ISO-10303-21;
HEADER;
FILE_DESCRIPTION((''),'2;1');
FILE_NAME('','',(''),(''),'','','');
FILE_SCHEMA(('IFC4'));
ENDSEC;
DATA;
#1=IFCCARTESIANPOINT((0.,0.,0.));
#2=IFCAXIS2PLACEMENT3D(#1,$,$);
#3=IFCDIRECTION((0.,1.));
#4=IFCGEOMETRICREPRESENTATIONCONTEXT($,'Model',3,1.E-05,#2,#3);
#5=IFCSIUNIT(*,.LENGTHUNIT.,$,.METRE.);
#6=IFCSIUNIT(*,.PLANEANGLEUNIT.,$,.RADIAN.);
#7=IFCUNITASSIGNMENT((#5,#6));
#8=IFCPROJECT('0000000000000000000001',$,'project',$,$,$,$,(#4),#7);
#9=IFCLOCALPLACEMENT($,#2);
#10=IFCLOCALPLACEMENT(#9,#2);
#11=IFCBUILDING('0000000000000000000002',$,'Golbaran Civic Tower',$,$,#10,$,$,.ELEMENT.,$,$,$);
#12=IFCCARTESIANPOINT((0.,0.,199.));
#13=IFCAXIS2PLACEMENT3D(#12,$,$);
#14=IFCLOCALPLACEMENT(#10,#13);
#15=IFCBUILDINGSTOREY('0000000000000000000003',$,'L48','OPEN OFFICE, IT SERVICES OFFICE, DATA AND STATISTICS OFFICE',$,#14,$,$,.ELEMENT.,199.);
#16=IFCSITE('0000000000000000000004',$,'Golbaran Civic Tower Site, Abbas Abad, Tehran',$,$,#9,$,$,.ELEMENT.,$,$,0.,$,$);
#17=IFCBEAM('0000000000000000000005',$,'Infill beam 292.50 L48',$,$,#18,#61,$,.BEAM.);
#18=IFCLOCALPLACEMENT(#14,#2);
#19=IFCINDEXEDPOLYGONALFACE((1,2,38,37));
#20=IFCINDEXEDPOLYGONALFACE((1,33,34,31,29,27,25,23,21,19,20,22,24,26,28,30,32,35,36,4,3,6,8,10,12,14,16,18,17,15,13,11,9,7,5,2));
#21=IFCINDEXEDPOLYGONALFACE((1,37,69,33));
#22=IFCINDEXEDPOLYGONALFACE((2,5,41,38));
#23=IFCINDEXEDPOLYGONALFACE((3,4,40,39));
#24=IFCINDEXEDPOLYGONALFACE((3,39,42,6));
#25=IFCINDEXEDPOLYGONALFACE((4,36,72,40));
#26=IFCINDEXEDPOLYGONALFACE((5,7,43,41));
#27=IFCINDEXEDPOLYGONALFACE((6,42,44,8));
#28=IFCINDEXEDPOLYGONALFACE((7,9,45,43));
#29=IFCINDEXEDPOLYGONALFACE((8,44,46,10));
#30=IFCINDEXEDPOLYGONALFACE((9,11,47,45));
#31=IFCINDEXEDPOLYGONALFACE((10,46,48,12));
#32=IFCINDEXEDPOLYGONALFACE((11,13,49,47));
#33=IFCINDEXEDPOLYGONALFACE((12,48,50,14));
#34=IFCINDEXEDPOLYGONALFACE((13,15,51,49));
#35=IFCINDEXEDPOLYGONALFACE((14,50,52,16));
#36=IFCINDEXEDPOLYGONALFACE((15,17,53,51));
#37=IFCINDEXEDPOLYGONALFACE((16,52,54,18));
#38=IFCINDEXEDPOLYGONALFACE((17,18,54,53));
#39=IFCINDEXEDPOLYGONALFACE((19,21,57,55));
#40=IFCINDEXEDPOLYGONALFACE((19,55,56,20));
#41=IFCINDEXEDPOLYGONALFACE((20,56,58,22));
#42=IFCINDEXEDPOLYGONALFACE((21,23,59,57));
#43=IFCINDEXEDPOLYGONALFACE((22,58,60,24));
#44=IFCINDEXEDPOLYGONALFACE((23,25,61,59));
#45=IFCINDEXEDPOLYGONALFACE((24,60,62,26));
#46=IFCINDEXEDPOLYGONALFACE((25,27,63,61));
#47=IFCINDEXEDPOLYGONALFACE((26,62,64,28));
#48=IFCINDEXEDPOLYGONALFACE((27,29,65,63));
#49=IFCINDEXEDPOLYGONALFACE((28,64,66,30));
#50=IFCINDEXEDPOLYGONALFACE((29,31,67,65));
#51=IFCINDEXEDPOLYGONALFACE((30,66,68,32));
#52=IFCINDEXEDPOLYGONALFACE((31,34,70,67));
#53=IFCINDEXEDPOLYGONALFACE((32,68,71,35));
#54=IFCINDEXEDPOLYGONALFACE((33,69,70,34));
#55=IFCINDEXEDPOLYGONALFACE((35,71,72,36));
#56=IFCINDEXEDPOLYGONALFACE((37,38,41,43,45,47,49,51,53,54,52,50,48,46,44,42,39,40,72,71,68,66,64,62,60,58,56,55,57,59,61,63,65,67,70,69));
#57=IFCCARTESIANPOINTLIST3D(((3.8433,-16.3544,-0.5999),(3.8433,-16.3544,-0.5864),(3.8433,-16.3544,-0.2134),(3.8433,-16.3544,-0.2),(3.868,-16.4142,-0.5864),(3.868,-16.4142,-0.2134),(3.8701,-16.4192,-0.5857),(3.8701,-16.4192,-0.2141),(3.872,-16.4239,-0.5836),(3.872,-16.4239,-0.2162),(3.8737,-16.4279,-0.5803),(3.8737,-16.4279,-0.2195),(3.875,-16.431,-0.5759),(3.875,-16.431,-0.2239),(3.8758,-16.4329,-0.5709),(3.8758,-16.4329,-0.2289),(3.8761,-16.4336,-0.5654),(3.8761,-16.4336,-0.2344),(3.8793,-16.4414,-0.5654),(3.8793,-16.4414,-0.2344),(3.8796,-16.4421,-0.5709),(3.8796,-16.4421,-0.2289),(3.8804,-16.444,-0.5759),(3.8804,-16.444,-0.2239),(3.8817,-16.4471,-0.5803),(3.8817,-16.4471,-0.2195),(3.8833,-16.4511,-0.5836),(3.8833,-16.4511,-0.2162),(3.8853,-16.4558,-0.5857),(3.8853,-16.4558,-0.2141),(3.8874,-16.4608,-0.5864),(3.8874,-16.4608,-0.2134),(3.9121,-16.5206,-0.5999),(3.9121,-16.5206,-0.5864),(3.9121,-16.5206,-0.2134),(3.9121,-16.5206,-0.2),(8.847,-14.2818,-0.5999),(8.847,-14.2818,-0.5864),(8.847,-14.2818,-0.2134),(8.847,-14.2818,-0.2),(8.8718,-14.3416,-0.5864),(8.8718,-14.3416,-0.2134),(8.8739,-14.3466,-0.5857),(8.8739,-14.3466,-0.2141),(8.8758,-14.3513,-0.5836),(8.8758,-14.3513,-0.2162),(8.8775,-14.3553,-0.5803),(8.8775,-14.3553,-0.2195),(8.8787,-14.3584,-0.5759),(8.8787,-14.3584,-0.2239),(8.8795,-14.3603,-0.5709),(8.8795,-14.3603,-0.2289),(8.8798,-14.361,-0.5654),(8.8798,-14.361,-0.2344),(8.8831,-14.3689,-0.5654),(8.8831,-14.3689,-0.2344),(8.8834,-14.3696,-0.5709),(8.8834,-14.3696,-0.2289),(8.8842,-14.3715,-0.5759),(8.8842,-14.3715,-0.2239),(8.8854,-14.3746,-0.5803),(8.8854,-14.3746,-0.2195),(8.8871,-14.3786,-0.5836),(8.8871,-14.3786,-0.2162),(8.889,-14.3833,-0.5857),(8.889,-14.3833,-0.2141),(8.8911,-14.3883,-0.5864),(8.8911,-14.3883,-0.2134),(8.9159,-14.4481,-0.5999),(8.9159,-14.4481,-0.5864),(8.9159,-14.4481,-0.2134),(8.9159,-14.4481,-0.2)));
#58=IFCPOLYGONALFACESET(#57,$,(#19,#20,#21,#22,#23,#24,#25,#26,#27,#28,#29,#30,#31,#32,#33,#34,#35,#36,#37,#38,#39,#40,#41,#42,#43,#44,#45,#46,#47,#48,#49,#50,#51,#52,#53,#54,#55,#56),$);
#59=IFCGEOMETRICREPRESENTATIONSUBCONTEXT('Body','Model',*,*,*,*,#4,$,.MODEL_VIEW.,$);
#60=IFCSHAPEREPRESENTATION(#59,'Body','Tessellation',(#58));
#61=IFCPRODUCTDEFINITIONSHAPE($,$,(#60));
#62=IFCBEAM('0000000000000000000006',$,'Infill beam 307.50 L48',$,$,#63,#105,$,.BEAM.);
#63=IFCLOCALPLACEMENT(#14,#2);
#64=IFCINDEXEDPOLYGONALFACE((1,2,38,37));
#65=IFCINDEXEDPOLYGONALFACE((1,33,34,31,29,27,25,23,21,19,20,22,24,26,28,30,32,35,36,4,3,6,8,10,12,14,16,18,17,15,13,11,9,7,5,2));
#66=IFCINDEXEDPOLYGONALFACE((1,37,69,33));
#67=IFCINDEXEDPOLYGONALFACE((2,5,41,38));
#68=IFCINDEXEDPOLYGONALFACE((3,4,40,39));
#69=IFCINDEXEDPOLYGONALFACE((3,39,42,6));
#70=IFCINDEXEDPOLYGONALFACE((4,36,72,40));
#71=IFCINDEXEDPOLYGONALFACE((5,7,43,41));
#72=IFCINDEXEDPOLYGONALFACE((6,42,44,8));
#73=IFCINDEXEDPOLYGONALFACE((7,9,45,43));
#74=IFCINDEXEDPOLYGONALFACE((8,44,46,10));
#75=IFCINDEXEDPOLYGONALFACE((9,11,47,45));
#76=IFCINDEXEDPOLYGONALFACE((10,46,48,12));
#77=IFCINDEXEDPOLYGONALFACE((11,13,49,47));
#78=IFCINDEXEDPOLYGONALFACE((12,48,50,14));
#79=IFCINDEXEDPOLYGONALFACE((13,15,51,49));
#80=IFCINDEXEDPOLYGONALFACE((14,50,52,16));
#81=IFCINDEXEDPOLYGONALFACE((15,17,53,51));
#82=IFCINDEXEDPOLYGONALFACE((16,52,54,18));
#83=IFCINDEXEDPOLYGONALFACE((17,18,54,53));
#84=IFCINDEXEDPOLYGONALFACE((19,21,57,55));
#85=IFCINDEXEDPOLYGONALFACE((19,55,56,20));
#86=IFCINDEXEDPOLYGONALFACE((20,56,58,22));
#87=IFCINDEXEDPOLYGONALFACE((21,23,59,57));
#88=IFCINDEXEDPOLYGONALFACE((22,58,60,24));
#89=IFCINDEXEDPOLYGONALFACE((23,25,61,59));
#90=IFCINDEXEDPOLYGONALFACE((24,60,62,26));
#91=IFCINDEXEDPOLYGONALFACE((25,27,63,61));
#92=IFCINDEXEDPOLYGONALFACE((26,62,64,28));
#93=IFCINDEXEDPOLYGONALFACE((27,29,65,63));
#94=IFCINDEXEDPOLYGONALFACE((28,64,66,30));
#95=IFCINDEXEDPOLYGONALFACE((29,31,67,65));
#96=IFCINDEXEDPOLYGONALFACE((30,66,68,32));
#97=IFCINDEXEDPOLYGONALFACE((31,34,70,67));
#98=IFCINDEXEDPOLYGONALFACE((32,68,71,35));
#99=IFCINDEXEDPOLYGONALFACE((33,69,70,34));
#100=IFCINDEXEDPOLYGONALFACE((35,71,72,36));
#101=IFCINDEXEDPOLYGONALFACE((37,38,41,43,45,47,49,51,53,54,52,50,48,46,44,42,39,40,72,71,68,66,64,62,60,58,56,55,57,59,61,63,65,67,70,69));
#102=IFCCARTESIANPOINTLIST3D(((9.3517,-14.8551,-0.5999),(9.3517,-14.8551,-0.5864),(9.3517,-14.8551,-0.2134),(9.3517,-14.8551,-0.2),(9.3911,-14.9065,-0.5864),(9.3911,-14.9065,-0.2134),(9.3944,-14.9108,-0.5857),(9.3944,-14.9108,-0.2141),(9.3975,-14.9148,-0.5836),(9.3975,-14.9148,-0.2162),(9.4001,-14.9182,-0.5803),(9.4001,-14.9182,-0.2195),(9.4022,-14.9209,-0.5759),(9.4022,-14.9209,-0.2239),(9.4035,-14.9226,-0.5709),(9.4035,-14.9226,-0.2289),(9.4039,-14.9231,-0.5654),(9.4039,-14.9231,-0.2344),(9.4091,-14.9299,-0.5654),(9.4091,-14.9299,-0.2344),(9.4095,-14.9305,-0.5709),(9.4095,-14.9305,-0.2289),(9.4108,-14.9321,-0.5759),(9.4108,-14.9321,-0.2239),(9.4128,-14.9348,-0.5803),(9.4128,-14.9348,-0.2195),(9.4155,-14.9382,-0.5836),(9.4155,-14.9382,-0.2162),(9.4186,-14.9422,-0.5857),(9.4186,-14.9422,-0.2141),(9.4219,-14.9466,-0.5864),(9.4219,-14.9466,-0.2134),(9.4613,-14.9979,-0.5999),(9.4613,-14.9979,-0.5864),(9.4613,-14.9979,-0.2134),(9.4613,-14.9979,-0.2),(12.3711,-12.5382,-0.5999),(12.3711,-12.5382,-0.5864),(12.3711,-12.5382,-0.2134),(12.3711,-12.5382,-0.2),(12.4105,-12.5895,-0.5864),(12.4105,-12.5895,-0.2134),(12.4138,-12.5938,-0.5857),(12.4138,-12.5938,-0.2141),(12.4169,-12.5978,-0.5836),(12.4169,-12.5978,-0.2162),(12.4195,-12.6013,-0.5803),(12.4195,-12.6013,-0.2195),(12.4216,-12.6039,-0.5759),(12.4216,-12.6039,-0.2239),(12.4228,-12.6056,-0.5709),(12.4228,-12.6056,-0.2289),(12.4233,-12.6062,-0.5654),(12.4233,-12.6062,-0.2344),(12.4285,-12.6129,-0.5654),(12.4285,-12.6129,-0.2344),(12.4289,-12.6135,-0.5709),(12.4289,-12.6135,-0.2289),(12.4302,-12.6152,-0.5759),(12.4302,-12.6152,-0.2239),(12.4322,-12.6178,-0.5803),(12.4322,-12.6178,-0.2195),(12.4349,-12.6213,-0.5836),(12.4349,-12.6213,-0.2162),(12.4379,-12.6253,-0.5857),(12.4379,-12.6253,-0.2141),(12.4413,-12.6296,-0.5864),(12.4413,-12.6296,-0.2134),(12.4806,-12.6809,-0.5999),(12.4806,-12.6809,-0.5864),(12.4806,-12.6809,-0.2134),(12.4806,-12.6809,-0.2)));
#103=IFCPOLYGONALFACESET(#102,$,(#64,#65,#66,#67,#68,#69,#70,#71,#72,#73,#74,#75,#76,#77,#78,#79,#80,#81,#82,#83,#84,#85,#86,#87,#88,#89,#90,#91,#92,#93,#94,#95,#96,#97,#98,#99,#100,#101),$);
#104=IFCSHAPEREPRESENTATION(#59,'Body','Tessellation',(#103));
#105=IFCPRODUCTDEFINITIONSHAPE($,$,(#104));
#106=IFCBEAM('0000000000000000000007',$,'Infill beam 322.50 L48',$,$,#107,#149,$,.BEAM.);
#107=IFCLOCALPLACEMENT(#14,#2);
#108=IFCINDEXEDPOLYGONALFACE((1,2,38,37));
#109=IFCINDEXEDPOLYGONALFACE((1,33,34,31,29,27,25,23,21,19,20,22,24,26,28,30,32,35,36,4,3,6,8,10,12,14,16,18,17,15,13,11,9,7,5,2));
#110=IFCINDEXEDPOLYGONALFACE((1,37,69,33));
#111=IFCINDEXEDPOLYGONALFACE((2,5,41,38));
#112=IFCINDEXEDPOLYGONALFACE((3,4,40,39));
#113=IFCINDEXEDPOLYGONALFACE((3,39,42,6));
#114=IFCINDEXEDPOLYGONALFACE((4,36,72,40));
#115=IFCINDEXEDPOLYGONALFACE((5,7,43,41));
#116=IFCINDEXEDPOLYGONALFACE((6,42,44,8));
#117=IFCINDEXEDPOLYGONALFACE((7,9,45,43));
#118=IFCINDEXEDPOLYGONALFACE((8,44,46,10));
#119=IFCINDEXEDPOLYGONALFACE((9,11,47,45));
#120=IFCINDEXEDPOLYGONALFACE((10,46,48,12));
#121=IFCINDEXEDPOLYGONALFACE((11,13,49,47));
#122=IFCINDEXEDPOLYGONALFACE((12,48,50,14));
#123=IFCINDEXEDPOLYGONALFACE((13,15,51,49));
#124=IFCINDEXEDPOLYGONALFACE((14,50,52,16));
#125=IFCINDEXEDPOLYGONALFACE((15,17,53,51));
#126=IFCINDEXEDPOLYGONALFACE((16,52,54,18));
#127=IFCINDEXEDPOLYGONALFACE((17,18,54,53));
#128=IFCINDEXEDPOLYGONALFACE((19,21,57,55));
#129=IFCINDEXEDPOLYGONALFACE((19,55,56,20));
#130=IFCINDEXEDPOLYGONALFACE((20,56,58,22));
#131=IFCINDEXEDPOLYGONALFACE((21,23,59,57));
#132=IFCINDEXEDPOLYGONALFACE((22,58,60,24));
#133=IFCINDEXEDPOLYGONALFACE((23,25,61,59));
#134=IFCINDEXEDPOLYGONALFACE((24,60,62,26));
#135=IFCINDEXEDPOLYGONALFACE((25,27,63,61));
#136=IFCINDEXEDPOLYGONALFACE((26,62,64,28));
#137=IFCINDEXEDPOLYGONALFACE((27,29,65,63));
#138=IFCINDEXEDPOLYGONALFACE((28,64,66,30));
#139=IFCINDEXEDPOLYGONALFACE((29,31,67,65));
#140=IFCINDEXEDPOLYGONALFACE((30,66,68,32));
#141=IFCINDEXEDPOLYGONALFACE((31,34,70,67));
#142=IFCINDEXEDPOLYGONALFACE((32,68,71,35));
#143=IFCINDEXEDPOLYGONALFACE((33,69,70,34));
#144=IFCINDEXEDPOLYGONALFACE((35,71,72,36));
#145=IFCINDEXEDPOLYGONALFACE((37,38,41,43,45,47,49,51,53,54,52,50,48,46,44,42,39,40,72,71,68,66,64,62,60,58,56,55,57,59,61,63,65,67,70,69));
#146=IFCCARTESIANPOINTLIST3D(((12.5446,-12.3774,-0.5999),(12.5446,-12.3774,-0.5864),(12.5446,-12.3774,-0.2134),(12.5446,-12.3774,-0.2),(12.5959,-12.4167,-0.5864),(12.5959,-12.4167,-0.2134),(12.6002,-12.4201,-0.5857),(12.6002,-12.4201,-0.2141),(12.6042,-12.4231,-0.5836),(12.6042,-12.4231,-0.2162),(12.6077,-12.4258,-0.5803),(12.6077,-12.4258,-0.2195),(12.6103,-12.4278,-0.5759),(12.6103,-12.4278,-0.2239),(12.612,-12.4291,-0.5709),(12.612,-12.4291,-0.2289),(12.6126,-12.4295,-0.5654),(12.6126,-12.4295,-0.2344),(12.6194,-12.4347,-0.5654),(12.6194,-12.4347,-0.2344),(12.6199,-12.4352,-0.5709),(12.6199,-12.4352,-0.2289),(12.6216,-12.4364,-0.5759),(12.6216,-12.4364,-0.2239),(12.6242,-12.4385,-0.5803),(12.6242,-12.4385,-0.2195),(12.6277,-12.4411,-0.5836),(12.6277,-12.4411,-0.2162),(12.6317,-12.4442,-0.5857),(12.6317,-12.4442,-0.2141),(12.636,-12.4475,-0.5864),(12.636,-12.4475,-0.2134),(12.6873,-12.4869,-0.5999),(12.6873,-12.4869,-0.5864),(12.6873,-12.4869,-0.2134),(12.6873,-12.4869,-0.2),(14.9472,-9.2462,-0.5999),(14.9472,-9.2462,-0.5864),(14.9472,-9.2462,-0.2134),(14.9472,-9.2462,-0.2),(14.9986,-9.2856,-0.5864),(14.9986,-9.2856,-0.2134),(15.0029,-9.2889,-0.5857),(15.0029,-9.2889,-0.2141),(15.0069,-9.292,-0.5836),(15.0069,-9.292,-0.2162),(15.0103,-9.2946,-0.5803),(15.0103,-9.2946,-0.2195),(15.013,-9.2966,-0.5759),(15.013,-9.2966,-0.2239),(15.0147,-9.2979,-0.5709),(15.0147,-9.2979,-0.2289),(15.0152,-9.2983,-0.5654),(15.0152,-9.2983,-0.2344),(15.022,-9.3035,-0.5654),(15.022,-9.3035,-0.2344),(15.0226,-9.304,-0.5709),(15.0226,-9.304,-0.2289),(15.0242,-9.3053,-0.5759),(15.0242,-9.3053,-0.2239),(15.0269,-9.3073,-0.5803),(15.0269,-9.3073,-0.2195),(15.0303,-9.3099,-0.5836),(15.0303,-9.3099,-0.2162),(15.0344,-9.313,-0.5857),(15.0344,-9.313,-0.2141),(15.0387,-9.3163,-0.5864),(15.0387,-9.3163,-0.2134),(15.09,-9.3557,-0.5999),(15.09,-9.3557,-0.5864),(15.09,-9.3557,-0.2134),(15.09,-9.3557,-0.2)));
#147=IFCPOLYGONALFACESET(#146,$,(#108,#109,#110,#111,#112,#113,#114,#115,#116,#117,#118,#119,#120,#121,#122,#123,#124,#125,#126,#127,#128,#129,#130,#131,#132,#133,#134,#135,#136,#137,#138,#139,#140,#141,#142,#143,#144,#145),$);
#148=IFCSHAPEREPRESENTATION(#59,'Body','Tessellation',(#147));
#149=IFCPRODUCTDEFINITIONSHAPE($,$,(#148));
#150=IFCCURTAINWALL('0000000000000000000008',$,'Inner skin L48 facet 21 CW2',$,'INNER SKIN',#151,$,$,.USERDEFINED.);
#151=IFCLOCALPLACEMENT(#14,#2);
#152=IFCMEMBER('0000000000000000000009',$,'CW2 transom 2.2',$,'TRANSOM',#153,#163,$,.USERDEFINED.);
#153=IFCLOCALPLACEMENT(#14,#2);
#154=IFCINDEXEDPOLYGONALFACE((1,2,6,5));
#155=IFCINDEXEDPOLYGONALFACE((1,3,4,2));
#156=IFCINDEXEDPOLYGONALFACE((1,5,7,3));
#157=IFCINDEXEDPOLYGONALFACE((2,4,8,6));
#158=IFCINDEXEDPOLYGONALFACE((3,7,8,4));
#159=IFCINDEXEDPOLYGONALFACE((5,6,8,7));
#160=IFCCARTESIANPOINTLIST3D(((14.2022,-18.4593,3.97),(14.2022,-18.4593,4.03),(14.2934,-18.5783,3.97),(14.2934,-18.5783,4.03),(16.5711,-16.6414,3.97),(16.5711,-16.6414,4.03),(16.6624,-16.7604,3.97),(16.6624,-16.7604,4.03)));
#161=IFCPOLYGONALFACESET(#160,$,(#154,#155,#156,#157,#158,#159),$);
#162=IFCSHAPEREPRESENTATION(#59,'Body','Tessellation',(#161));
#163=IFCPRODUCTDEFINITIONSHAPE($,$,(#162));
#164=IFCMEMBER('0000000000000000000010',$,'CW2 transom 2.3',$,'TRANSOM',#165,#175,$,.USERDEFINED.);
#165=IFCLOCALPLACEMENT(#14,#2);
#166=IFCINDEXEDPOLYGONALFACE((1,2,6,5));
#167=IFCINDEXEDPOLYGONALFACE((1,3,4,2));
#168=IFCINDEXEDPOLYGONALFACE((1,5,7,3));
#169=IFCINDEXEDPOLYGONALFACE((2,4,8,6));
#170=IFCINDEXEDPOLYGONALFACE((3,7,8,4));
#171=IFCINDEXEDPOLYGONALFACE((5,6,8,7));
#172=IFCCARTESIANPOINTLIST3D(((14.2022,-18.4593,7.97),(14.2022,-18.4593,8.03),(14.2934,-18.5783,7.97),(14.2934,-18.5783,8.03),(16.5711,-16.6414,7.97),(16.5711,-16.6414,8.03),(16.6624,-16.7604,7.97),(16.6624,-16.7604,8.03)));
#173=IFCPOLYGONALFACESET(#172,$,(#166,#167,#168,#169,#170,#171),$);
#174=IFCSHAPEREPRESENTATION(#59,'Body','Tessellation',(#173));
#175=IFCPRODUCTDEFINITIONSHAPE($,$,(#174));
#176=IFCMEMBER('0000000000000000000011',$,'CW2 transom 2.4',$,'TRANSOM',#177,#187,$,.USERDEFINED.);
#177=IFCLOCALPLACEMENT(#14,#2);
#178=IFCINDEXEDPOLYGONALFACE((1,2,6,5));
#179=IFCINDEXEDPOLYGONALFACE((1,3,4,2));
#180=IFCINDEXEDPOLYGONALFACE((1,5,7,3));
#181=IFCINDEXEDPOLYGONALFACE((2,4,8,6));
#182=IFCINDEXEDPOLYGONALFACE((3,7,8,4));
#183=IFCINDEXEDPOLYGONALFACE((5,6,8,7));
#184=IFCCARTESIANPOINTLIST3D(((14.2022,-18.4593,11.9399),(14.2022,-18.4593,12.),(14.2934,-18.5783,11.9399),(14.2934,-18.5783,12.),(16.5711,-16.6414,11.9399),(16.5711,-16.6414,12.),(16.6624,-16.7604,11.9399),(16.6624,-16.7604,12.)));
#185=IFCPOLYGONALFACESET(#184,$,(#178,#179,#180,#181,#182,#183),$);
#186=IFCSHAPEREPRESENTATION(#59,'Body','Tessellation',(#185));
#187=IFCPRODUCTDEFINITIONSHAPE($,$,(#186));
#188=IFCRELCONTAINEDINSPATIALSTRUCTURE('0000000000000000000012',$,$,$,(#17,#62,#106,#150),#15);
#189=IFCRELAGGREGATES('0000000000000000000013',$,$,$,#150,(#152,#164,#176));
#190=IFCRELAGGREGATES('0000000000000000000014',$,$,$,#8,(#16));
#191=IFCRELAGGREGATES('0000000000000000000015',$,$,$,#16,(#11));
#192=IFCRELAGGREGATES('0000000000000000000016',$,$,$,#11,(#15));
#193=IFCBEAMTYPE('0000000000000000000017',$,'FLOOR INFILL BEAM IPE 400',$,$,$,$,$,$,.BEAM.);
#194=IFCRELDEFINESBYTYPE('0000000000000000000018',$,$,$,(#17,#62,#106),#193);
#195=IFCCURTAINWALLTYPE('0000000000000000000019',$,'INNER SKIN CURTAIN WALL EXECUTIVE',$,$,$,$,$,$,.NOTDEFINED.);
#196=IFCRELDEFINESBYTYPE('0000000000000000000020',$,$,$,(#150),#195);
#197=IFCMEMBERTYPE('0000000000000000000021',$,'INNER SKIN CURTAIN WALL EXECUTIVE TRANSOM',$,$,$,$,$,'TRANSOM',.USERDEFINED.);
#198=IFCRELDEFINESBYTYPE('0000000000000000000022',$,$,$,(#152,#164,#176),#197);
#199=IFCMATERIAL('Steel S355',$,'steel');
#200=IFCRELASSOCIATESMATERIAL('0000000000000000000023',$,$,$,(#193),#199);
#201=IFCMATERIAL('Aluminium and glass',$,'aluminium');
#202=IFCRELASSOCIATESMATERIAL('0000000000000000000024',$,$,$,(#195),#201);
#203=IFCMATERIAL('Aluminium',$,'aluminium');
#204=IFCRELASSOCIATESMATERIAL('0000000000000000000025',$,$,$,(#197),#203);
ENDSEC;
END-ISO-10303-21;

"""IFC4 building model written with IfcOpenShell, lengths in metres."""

from ifc_helpers import new_model, si_unit, direction, frame, origin, origin_2d, place, context, subcontext, project, spatial, rectangle, i_section, extrude, material, material_profile, profile_set, type_object, element, aggregate, save


model = new_model("IFC4")

# Units and contexts
model_context = context("Model", 3, precision=1e-05, world=origin(), true_north=direction((0.0, 1.0)))
body_context = subcontext(model_context, "Body", "Model", "MODEL_VIEW")
ifc_project = project(units=[si_unit("LENGTHUNIT", "METRE"), si_unit("PLANEANGLEUNIT", "RADIAN")], contexts=[model_context])

# Site, building, storey
site_placement = place(None, origin())
site = spatial("IfcSite", under=ifc_project, at=site_placement, Name="Golbaran Civic Tower Site, Abbas Abad, Tehran", CompositionType="ELEMENT", RefElevation=0.0)
building_placement = place(site_placement, origin())
building = spatial("IfcBuilding", under=site, at=building_placement, Name="Golbaran Civic Tower", CompositionType="ELEMENT")
storey_placement = place(building_placement, frame((0.0, 0.0, 199.0)))
storey = spatial("IfcBuildingStorey", under=building, at=storey_placement, Name="L48", Description="OPEN OFFICE, IT SERVICES OFFICE, DATA AND STATISTICS OFFICE", CompositionType="ELEMENT", Elevation=199.0)

# Beams
ifc_material_1 = material(Name="Steel S355", Category="steel")
ifc_material_profile_1 = material_profile(ifc_material_1, i_section(OverallWidth=0.1799, OverallDepth=0.3999, WebThickness=0.0085, FlangeThickness=0.0134, FilletRadius=0.021, at=origin_2d()), Name="IPE 400")
ifc_profile_set_1 = profile_set([ifc_material_profile_1], Name="Steel S355")
beam_type_1 = type_object("IfcBeamType", Name="FLOOR INFILL BEAM IPE 400", PredefinedType="BEAM", material=ifc_profile_set_1)
beam_1_placement = place(storey_placement, frame((3.8777, -16.4375, -0.3999), z_axis=(0.923884, 0.382672, 0.0), x_axis=(-0.382672, 0.923884, 0.0)))
element("IfcBeam", 1, at=beam_1_placement, inside=storey, type_object=beam_type_1, Name="Infill beam 292.50 L48", PredefinedType="BEAM", context=body_context, shape_type="SweptSolid", body=[
    extrude(i_section(OverallWidth=0.1799, OverallDepth=0.3999, WebThickness=0.0085, FlangeThickness=0.0134, FilletRadius=0.021, at=origin_2d()), origin(), (0.0, 0.0, 1.0), 5.416),
])
beam_2_placement = place(storey_placement, frame((9.4065, -14.9265, -0.3999), z_axis=(0.793339, 0.60878, 0.0), x_axis=(-0.60878, 0.793339, 0.0)))
element("IfcBeam", 2, at=beam_2_placement, inside=storey, type_object=beam_type_1, Name="Infill beam 307.50 L48", PredefinedType="BEAM", context=body_context, shape_type="SweptSolid", body=[
    extrude(i_section(OverallWidth=0.1799, OverallDepth=0.3999, WebThickness=0.0085, FlangeThickness=0.0134, FilletRadius=0.021, at=origin_2d()), origin(), (0.0, 0.0, 1.0), 3.8059),
])
beam_3_placement = place(storey_placement, frame((12.616, -12.4321, -0.3999), z_axis=(0.608763, 0.793352, 0.0), x_axis=(-0.793352, 0.608763, 0.0)))
element("IfcBeam", 3, at=beam_3_placement, inside=storey, type_object=beam_type_1, Name="Infill beam 322.50 L48", PredefinedType="BEAM", context=body_context, shape_type="SweptSolid", body=[
    extrude(i_section(OverallWidth=0.1799, OverallDepth=0.3999, WebThickness=0.0085, FlangeThickness=0.0134, FilletRadius=0.021, at=origin_2d()), origin(), (0.0, 0.0, 1.0), 3.9468),
])

# Curtain wall, members
ifc_material_2 = material(Name="Aluminium and glass", Category="aluminium")
curtain_wall_type = type_object("IfcCurtainWallType", Name="INNER SKIN CURTAIN WALL EXECUTIVE", PredefinedType="NOTDEFINED", material=ifc_material_2)
curtain_wall_placement = place(storey_placement, origin())
curtain_wall = element("IfcCurtainWall", 4, at=curtain_wall_placement, inside=storey, type_object=curtain_wall_type, Name="Inner skin L48 facet 21 CW2", ObjectType="INNER SKIN", PredefinedType="USERDEFINED")
ifc_material_3 = material(Name="Aluminium", Category="aluminium")
ifc_material_profile_2 = material_profile(ifc_material_3, rectangle(XDim=0.1499, YDim=0.0601, at=origin_2d()), Name="INNER SKIN CURTAIN WALL EXECUTIVE TRANSOM")
ifc_profile_set_2 = profile_set([ifc_material_profile_2], Name="Aluminium")
member_type = type_object("IfcMemberType", Name="INNER SKIN CURTAIN WALL EXECUTIVE TRANSOM", ElementType="TRANSOM", PredefinedType="USERDEFINED", material=ifc_profile_set_2)
member_1_placement = place(storey_placement, frame((14.2478, -18.5188, 4.0), z_axis=(0.793329, 0.608794, 0.0), x_axis=(-0.608794, 0.793329, 0.0)))
member_1 = element("IfcMember", 5, at=member_1_placement, type_object=member_type, Name="CW2 transom 2.2", ObjectType="TRANSOM", PredefinedType="USERDEFINED", context=body_context, shape_type="SweptSolid", body=[
    extrude(rectangle(XDim=0.1499, YDim=0.0601, at=origin_2d()), origin(), (0.0, 0.0, 1.0), 2.9861),
])
member_2_placement = place(storey_placement, frame((14.2478, -18.5188, 8.0), z_axis=(0.793329, 0.608794, 0.0), x_axis=(-0.608794, 0.793329, 0.0)))
member_2 = element("IfcMember", 6, at=member_2_placement, type_object=member_type, Name="CW2 transom 2.3", ObjectType="TRANSOM", PredefinedType="USERDEFINED", context=body_context, shape_type="SweptSolid", body=[
    extrude(rectangle(XDim=0.1499, YDim=0.0601, at=origin_2d()), origin(), (0.0, 0.0, 1.0), 2.9861),
])
member_3_placement = place(storey_placement, frame((14.2478, -18.5188, 11.97), z_axis=(0.793329, 0.608794, 0.0), x_axis=(-0.608794, 0.793329, 0.0)))
member_3 = element("IfcMember", 7, at=member_3_placement, type_object=member_type, Name="CW2 transom 2.4", ObjectType="TRANSOM", PredefinedType="USERDEFINED", context=body_context, shape_type="SweptSolid", body=[
    extrude(rectangle(XDim=0.1499, YDim=0.0601, at=origin_2d()), origin(), (0.0, 0.0, 1.0), 2.9861),
])

aggregate(curtain_wall, [member_1, member_2, member_3])

save(model, "model.ifc")
